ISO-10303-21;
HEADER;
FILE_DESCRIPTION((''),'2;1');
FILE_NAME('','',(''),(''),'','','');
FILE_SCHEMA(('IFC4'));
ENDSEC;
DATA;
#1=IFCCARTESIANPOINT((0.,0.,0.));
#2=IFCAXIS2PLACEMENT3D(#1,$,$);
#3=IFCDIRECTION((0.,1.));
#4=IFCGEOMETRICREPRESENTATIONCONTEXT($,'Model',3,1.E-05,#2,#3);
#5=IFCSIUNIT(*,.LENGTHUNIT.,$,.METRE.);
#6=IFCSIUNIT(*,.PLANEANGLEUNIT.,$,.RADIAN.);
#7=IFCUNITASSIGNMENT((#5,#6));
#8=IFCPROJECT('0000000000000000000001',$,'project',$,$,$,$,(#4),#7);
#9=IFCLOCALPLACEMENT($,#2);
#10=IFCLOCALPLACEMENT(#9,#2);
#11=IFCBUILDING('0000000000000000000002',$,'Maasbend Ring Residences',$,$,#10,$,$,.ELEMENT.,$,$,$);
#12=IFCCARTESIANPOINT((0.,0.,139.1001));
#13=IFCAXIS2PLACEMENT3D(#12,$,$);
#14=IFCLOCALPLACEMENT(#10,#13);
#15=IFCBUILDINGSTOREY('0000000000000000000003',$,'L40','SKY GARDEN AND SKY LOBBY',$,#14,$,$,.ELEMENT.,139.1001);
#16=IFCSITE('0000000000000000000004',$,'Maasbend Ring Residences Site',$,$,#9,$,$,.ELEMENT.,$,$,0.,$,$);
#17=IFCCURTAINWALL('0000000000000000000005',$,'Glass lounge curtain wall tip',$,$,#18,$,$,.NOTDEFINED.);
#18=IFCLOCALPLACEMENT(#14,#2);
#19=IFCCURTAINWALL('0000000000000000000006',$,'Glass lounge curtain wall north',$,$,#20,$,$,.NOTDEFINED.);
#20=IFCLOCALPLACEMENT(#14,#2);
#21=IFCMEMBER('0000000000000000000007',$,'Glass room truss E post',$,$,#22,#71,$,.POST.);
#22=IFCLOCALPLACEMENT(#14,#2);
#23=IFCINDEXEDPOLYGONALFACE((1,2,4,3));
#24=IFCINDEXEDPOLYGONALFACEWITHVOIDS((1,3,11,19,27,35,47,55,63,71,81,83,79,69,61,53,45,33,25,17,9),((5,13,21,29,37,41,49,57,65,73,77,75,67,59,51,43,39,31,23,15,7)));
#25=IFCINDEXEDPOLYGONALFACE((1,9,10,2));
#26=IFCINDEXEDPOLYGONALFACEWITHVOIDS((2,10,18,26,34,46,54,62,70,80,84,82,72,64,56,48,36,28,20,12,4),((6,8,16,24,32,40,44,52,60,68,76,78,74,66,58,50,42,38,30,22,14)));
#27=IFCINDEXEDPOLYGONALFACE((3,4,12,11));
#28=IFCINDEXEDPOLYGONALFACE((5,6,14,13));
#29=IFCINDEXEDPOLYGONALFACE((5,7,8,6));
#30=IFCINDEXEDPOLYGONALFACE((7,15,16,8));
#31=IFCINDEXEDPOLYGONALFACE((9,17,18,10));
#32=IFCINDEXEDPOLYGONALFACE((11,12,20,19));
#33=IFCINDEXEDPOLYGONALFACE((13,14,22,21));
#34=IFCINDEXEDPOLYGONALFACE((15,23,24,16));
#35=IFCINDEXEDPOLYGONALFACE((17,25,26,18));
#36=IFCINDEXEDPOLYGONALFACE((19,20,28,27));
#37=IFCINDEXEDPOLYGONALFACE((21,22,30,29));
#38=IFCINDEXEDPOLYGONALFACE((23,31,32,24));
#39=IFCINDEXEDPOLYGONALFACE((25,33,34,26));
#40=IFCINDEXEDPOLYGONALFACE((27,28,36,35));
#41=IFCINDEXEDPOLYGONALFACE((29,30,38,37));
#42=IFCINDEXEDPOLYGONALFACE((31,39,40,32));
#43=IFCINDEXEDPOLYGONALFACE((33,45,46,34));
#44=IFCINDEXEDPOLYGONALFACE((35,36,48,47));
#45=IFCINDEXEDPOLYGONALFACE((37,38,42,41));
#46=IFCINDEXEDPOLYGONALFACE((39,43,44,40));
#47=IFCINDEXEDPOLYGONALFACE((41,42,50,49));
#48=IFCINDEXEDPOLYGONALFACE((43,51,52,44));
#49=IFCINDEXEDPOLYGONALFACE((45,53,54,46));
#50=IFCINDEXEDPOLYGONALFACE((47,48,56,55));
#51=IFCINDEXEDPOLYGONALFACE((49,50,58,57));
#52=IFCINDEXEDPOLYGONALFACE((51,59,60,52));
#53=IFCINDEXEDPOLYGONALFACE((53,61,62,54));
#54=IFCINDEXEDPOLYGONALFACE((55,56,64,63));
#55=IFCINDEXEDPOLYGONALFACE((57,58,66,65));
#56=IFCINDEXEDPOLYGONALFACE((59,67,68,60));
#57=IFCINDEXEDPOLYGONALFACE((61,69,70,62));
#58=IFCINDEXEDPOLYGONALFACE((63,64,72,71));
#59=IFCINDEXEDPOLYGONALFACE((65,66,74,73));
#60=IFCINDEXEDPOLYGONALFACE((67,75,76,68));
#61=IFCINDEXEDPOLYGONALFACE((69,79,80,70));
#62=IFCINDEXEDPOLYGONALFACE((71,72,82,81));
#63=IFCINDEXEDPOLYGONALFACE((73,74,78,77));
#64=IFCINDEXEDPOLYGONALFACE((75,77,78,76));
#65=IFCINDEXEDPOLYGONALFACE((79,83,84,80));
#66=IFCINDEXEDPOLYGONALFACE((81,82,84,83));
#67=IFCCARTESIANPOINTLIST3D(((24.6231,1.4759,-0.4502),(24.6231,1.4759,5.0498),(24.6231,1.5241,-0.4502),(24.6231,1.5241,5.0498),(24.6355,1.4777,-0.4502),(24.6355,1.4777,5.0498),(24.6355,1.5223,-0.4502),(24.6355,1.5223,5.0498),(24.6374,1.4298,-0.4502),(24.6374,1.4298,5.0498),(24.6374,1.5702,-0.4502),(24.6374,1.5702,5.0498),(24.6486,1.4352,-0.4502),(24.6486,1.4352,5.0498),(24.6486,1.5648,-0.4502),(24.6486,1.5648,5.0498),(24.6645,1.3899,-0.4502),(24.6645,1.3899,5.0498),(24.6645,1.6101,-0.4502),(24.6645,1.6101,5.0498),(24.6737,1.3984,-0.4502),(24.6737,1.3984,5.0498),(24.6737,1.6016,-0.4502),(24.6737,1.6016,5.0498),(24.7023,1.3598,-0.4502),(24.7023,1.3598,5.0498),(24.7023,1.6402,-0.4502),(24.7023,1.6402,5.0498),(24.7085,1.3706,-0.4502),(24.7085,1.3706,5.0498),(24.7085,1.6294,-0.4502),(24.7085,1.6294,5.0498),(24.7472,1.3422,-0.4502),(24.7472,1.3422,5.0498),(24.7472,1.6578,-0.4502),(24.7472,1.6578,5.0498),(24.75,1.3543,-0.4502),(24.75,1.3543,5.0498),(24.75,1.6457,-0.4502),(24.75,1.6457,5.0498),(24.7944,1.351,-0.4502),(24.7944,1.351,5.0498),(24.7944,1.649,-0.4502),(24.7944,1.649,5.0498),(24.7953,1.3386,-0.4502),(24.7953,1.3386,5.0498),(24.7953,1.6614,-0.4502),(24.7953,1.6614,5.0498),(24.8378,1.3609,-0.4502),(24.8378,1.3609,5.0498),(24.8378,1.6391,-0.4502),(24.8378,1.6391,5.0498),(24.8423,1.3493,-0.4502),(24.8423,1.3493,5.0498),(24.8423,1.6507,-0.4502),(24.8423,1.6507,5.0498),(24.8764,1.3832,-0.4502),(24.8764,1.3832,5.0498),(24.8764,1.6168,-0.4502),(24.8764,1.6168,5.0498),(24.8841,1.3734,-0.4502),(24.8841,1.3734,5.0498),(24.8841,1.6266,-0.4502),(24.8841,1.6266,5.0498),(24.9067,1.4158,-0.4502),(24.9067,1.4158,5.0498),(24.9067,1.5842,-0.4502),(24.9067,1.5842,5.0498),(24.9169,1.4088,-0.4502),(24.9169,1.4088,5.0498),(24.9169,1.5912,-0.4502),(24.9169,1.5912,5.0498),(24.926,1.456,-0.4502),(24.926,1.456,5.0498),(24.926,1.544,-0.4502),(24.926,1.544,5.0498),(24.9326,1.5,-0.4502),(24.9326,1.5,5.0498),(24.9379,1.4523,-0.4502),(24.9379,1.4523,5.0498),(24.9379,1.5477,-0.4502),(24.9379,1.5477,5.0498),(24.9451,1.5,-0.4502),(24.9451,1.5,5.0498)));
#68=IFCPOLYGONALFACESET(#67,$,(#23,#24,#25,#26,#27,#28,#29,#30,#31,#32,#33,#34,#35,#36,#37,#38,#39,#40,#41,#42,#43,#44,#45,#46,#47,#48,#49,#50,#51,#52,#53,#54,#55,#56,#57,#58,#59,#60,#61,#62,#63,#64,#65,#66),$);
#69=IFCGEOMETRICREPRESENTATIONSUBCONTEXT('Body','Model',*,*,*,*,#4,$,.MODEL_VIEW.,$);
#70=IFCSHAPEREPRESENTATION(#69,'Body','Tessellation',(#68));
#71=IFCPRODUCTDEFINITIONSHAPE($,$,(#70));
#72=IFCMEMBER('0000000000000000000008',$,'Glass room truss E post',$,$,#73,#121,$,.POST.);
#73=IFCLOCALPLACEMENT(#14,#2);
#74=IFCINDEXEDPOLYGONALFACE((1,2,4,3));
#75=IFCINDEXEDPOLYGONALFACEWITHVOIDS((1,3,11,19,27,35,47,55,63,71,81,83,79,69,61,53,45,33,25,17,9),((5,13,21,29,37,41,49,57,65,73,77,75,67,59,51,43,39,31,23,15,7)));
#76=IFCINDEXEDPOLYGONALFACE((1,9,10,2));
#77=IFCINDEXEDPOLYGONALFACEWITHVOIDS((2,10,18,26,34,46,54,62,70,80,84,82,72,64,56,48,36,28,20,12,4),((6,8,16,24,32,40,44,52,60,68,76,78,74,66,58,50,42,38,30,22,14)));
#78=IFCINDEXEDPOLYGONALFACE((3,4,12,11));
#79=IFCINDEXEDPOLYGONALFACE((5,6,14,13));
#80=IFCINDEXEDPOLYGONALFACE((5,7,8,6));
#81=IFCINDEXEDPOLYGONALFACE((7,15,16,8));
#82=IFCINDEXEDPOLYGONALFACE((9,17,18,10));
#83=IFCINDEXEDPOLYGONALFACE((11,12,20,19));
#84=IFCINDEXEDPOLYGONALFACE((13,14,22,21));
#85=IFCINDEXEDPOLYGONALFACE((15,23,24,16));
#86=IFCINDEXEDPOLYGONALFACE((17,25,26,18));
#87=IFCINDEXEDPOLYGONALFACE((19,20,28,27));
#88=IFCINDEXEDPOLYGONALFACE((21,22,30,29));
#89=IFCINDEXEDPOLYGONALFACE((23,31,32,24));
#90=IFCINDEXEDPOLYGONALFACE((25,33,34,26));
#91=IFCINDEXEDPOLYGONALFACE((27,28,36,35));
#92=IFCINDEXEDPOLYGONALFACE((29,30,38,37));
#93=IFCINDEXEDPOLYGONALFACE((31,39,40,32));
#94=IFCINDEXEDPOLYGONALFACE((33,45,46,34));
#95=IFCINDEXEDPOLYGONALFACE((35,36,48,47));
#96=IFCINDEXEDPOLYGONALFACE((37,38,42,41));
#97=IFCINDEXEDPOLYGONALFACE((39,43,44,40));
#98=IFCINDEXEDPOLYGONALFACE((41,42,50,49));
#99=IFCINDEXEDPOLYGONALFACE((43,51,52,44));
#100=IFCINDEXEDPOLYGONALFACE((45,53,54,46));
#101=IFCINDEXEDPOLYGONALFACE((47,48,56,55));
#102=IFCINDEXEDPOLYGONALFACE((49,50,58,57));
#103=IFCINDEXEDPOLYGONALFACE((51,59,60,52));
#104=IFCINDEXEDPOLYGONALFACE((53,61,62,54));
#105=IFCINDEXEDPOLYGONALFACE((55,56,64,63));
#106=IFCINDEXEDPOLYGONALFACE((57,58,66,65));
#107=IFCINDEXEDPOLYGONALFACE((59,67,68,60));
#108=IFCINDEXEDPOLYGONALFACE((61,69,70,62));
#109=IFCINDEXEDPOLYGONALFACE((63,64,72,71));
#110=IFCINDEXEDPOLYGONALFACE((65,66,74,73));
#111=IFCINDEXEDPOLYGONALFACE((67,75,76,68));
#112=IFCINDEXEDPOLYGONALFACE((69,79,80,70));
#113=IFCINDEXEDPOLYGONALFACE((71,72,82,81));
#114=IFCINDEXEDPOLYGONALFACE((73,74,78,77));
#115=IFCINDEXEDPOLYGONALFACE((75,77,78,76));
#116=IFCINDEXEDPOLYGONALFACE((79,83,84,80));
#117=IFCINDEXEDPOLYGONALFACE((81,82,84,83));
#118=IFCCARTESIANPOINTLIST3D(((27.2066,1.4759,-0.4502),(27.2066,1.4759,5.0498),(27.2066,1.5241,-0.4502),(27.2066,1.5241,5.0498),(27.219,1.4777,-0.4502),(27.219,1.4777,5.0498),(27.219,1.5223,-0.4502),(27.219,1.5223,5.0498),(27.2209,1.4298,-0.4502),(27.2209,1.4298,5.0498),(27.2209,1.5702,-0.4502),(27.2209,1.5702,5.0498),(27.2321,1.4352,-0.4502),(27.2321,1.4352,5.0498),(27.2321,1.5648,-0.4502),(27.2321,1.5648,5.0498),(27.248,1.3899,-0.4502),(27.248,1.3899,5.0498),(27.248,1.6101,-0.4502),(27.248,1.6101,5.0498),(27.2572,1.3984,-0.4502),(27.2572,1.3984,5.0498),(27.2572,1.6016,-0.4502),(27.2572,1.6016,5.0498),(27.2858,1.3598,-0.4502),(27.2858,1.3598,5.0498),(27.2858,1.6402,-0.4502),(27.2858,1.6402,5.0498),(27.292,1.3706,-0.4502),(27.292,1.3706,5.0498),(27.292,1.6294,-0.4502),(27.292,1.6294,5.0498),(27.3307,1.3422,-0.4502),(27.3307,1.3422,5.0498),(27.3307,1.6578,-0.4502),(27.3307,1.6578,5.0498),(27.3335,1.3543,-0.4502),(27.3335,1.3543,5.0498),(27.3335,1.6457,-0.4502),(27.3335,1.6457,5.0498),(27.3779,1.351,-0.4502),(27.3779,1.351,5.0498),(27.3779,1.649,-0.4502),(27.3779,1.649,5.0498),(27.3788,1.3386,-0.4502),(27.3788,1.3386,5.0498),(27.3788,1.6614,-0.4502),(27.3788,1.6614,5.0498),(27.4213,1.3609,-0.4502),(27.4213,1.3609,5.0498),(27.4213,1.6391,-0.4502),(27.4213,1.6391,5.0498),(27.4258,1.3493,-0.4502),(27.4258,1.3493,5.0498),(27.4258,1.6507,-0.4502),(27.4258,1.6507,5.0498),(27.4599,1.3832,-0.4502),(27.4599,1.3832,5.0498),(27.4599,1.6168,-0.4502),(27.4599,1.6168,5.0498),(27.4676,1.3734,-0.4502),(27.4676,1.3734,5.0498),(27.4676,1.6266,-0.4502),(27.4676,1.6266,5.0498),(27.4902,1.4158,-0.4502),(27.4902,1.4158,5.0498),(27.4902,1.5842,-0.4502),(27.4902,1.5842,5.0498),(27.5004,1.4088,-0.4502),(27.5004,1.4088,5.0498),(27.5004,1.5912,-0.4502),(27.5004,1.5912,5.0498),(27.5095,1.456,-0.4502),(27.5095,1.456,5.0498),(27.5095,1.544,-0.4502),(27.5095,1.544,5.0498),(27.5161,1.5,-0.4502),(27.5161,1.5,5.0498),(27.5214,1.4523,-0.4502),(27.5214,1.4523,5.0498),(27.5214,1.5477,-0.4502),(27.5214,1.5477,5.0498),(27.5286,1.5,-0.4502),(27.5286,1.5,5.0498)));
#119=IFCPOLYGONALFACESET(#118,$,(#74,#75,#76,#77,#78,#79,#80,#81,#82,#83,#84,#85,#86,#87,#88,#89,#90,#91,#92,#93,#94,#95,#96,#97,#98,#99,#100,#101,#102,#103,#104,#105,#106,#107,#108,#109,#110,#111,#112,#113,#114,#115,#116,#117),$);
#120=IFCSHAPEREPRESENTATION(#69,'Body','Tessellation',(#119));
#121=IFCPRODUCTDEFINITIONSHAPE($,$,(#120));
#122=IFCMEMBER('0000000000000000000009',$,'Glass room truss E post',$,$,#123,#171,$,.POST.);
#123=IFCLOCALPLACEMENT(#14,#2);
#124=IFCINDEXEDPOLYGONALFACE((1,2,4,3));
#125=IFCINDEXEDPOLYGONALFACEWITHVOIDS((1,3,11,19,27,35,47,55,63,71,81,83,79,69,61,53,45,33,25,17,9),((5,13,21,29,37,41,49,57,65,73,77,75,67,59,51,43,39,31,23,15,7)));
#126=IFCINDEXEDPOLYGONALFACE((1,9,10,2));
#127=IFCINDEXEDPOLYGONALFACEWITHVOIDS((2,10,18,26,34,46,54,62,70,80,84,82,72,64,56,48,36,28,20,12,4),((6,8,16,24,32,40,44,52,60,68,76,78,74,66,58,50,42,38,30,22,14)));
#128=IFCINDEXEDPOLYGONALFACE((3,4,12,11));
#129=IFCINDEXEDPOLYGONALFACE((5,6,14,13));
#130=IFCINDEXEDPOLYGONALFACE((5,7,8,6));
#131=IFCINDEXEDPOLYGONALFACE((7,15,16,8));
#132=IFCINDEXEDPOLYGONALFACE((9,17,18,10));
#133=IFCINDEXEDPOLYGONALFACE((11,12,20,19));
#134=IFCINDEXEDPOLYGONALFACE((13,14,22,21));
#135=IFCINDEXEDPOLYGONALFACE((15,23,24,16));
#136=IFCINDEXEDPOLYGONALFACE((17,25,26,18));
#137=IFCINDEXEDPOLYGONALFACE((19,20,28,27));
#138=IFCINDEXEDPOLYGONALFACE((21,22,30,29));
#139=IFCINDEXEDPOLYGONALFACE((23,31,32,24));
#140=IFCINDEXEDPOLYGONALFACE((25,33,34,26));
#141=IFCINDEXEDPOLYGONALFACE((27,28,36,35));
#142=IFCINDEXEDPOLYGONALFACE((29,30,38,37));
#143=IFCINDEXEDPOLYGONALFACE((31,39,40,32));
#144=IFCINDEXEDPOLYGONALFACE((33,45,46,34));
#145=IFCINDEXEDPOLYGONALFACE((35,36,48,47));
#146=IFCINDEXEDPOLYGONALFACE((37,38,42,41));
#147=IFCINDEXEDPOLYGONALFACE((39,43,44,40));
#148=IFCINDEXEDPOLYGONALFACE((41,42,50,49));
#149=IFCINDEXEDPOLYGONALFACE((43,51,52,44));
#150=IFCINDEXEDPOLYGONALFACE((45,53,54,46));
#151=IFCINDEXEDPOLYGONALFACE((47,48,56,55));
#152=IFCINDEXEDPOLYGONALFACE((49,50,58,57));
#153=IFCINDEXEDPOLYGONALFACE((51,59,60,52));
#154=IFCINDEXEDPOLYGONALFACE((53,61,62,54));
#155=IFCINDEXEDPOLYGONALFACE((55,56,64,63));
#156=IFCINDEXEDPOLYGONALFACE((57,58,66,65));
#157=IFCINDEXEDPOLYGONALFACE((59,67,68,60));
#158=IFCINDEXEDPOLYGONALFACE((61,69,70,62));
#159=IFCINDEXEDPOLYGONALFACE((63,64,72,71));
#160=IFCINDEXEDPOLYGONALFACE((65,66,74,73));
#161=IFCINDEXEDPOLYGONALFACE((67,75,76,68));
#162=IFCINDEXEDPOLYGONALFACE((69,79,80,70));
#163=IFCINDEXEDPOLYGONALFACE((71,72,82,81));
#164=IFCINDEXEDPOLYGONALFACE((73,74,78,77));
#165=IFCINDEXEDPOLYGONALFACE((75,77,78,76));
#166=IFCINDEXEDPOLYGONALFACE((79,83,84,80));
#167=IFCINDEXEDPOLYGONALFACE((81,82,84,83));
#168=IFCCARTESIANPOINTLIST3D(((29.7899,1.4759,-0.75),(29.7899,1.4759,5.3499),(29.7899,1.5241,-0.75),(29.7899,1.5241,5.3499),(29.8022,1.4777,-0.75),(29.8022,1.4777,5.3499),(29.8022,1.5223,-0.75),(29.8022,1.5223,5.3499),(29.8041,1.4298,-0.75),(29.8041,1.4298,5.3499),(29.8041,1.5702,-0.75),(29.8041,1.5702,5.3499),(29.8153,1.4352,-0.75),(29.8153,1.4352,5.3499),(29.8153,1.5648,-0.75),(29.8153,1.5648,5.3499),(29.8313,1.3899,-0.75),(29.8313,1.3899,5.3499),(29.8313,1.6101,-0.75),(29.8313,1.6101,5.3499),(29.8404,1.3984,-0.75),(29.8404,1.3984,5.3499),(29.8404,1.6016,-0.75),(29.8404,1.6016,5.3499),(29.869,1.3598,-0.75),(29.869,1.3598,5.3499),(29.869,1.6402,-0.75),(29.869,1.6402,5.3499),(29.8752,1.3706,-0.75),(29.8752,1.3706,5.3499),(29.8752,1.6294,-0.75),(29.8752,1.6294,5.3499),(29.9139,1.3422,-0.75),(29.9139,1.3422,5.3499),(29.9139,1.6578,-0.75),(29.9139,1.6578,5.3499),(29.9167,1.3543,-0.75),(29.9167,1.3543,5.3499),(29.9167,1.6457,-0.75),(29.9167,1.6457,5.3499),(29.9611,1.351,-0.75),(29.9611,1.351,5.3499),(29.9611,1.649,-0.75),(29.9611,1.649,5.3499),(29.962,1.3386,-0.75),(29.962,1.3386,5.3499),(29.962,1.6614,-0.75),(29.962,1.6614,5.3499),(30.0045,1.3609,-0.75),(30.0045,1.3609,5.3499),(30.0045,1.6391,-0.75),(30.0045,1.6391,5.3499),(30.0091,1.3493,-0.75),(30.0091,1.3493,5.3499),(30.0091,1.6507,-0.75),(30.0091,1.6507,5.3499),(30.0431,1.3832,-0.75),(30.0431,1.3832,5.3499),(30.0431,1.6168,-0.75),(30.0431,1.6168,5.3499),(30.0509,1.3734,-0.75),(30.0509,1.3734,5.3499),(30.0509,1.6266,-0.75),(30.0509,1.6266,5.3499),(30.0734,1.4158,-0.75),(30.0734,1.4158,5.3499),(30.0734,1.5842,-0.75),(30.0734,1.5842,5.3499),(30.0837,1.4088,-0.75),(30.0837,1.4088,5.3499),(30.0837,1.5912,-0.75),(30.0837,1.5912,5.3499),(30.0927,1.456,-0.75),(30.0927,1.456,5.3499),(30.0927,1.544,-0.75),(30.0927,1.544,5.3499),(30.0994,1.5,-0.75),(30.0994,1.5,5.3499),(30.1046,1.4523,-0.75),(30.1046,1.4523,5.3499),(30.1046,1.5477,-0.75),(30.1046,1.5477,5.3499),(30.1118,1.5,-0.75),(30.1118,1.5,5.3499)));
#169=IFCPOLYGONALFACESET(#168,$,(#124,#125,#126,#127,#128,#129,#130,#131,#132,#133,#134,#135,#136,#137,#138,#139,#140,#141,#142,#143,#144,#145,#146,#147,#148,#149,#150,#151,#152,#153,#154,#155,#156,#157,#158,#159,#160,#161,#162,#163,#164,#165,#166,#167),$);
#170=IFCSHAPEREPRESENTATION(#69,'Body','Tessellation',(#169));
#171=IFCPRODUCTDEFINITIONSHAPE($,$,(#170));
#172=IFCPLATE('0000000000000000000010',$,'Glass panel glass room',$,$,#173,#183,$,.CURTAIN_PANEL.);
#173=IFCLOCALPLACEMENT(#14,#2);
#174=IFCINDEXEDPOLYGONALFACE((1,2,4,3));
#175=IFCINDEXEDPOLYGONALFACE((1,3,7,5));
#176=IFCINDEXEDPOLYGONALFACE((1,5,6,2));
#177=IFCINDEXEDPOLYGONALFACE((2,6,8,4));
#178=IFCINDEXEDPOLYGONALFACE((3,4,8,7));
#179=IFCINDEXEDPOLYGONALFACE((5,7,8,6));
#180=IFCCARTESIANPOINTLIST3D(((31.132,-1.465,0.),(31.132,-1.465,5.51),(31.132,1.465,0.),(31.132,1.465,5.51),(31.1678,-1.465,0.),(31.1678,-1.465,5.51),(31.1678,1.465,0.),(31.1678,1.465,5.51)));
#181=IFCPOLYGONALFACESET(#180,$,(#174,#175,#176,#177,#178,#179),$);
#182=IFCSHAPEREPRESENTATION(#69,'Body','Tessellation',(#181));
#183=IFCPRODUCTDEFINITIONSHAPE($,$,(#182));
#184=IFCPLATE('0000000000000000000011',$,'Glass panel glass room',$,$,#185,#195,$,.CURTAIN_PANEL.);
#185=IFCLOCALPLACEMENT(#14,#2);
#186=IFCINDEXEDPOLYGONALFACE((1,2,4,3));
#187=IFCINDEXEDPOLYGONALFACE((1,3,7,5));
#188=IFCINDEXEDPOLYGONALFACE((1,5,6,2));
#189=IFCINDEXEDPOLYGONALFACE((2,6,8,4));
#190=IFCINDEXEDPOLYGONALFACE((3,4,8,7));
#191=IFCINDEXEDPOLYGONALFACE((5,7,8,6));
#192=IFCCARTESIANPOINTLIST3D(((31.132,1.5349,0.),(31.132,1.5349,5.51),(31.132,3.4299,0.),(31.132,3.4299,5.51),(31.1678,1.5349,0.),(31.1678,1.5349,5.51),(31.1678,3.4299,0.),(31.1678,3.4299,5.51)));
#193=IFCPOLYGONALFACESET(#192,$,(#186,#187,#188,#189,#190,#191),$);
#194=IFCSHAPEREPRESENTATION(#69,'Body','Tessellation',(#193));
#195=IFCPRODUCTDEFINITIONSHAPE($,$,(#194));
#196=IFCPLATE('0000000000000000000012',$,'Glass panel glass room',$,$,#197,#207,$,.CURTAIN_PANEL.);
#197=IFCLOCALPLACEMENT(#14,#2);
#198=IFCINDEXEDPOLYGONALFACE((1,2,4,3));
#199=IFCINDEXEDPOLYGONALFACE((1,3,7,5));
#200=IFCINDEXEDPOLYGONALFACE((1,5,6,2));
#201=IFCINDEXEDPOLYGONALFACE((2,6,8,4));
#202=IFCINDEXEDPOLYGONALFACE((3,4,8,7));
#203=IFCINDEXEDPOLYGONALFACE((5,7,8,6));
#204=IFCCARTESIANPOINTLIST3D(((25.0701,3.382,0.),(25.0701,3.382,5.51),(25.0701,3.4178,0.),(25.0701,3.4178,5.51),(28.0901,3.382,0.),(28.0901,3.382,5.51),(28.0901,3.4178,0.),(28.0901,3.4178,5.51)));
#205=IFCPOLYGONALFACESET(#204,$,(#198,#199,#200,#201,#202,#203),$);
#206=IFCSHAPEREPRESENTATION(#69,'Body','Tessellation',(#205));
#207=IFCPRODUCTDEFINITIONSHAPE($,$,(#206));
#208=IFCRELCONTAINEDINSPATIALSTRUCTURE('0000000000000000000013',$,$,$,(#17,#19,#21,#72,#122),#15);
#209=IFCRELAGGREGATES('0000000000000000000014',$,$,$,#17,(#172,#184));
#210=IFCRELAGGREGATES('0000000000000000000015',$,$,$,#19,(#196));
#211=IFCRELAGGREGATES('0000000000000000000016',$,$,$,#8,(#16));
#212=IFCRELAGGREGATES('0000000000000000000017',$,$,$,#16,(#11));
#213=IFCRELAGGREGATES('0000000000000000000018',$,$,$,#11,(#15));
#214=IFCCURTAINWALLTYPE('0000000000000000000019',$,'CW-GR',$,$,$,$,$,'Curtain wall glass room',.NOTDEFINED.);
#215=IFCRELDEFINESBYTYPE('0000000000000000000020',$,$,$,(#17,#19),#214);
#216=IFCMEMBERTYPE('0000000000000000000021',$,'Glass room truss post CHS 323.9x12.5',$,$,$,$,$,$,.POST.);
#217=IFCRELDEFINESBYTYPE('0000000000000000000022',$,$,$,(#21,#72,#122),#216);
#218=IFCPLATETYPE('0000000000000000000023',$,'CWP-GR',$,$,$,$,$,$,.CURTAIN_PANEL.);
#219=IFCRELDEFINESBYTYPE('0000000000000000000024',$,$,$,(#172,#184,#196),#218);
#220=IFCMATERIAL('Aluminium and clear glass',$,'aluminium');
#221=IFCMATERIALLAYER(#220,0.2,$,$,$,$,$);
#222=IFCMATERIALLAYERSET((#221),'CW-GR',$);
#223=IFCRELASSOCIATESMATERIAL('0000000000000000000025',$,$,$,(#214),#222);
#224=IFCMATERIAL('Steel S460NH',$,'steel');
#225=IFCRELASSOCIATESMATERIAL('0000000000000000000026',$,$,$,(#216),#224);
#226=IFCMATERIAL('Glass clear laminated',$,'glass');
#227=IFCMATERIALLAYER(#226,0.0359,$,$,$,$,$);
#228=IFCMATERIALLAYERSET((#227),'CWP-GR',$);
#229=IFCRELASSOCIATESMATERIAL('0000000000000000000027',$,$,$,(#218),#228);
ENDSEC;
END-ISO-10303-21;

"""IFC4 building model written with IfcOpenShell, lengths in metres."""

from ifc_helpers import new_model, si_unit, direction, frame, origin, origin_2d, place, context, subcontext, project, spatial, rectangle, hollow_circle, extrude, material, layer, layer_set, material_profile, profile_set, type_object, element, aggregate, save


model = new_model("IFC4")

# Units and contexts
model_context = context("Model", 3, precision=1e-05, world=origin(), true_north=direction((0.0, 1.0)))
body_context = subcontext(model_context, "Body", "Model", "MODEL_VIEW")
ifc_project = project(units=[si_unit("LENGTHUNIT", "METRE"), si_unit("PLANEANGLEUNIT", "RADIAN")], contexts=[model_context])

# Site, building, storey
site_placement = place(None, origin())
site = spatial("IfcSite", under=ifc_project, at=site_placement, Name="Maasbend Ring Residences Site", CompositionType="ELEMENT", RefElevation=0.0)
building_placement = place(site_placement, origin())
building = spatial("IfcBuilding", under=site, at=building_placement, Name="Maasbend Ring Residences", CompositionType="ELEMENT")
storey_placement = place(building_placement, frame((0.0, 0.0, 139.1001)))
storey = spatial("IfcBuildingStorey", under=building, at=storey_placement, Name="L40", Description="SKY GARDEN AND SKY LOBBY", CompositionType="ELEMENT", Elevation=139.1001)

# Curtain walls
ifc_material_1 = material(Name="Aluminium and clear glass", Category="aluminium")
ifc_layer_1 = layer(ifc_material_1, 0.2)
ifc_layer_set_1 = layer_set([ifc_layer_1], Name="CW-GR")
curtain_wall_type = type_object("IfcCurtainWallType", Name="CW-GR", ElementType="Curtain wall glass room", PredefinedType="NOTDEFINED", material=ifc_layer_set_1)
curtain_wall_1_placement = place(storey_placement, origin())
curtain_wall_1 = element("IfcCurtainWall", 1, at=curtain_wall_1_placement, inside=storey, type_object=curtain_wall_type, Name="Glass lounge curtain wall tip", PredefinedType="NOTDEFINED")
curtain_wall_2_placement = place(storey_placement, origin())
curtain_wall_2 = element("IfcCurtainWall", 2, at=curtain_wall_2_placement, inside=storey, type_object=curtain_wall_type, Name="Glass lounge curtain wall north", PredefinedType="NOTDEFINED")

# Members
ifc_material_2 = material(Name="Steel S460NH", Category="steel")
ifc_material_profile_1 = material_profile(ifc_material_2, hollow_circle(Radius=0.1619, WallThickness=0.0125, at=origin_2d()), Name="Glass room truss post CHS 323.9x12.5")
ifc_profile_set_1 = profile_set([ifc_material_profile_1], Name="Steel S460NH")
member_type_1 = type_object("IfcMemberType", Name="Glass room truss post CHS 323.9x12.5", PredefinedType="POST", material=ifc_profile_set_1)
for number, where, z_axis, x_axis, name in (
    (3, (24.7832, 1.5, -0.4502), (0.0, 0.0, 1.0), (1.0, 0.0, 0.0), "Glass room truss E post"),
    (4, (27.3667, 1.5, -0.4502), (0.0, 0.0, 1.0), (1.0, 0.0, 0.0), "Glass room truss E post"),
):
    element("IfcMember", number, at=place(storey_placement, frame(where, z_axis=z_axis, x_axis=x_axis)), inside=storey, type_object=member_type_1, Name=name, PredefinedType="POST", context=body_context, shape_type="SweptSolid", body=[
        extrude(hollow_circle(Radius=0.1619, WallThickness=0.0125, at=origin_2d()), origin(), (0.0, 0.0, 1.0), 5.5),
    ])
member_1_placement = place(storey_placement, frame((29.95, 1.5, -0.75), z_axis=(0.0, 0.0, 1.0), x_axis=(1.0, 0.0, 0.0)))
element("IfcMember", 5, at=member_1_placement, inside=storey, type_object=member_type_1, Name="Glass room truss E post", PredefinedType="POST", context=body_context, shape_type="SweptSolid", body=[
    extrude(hollow_circle(Radius=0.1619, WallThickness=0.0125, at=origin_2d()), origin(), (0.0, 0.0, 1.0), 6.0999),
])

# Plates
ifc_material_3 = material(Name="Glass clear laminated", Category="glass")
ifc_layer_2 = layer(ifc_material_3, 0.0359)
ifc_layer_set_2 = layer_set([ifc_layer_2], Name="CWP-GR")
plate_type = type_object("IfcPlateType", Name="CWP-GR", PredefinedType="CURTAIN_PANEL", material=ifc_layer_set_2)
plate_1_placement = place(storey_placement, frame((31.1499, 0.0, 0.0), z_axis=(0.0, 0.0, 1.0), x_axis=(0.0, 1.0, 0.0)))
plate_1 = element("IfcPlate", 6, at=plate_1_placement, type_object=plate_type, Name="Glass panel glass room", PredefinedType="CURTAIN_PANEL", context=body_context, shape_type="SweptSolid", body=[
    extrude(rectangle(XDim=2.9299, YDim=0.0359, at=origin_2d()), origin(), (0.0, 0.0, 1.0), 5.51),
])
plate_2_placement = place(storey_placement, frame((31.1499, 2.4824, 0.0), z_axis=(0.0, 0.0, 1.0), x_axis=(0.0, 1.0, 0.0)))
plate_2 = element("IfcPlate", 7, at=plate_2_placement, type_object=plate_type, Name="Glass panel glass room", PredefinedType="CURTAIN_PANEL", context=body_context, shape_type="SweptSolid", body=[
    extrude(rectangle(XDim=1.895, YDim=0.0359, at=origin_2d()), origin(), (0.0, 0.0, 1.0), 5.51),
])
aggregate(curtain_wall_1, [plate_1, plate_2])
plate_3_placement = place(storey_placement, frame((26.5801, 3.3999, 0.0), z_axis=(0.0, 0.0, 1.0), x_axis=(1.0, 0.0, 0.0)))
plate_3 = element("IfcPlate", 8, at=plate_3_placement, type_object=plate_type, Name="Glass panel glass room", PredefinedType="CURTAIN_PANEL", context=body_context, shape_type="SweptSolid", body=[
    extrude(rectangle(XDim=3.02, YDim=0.0359, at=origin_2d()), origin(), (0.0, 0.0, 1.0), 5.51),
])
aggregate(curtain_wall_2, [plate_3])

save(model, "model.ifc")
